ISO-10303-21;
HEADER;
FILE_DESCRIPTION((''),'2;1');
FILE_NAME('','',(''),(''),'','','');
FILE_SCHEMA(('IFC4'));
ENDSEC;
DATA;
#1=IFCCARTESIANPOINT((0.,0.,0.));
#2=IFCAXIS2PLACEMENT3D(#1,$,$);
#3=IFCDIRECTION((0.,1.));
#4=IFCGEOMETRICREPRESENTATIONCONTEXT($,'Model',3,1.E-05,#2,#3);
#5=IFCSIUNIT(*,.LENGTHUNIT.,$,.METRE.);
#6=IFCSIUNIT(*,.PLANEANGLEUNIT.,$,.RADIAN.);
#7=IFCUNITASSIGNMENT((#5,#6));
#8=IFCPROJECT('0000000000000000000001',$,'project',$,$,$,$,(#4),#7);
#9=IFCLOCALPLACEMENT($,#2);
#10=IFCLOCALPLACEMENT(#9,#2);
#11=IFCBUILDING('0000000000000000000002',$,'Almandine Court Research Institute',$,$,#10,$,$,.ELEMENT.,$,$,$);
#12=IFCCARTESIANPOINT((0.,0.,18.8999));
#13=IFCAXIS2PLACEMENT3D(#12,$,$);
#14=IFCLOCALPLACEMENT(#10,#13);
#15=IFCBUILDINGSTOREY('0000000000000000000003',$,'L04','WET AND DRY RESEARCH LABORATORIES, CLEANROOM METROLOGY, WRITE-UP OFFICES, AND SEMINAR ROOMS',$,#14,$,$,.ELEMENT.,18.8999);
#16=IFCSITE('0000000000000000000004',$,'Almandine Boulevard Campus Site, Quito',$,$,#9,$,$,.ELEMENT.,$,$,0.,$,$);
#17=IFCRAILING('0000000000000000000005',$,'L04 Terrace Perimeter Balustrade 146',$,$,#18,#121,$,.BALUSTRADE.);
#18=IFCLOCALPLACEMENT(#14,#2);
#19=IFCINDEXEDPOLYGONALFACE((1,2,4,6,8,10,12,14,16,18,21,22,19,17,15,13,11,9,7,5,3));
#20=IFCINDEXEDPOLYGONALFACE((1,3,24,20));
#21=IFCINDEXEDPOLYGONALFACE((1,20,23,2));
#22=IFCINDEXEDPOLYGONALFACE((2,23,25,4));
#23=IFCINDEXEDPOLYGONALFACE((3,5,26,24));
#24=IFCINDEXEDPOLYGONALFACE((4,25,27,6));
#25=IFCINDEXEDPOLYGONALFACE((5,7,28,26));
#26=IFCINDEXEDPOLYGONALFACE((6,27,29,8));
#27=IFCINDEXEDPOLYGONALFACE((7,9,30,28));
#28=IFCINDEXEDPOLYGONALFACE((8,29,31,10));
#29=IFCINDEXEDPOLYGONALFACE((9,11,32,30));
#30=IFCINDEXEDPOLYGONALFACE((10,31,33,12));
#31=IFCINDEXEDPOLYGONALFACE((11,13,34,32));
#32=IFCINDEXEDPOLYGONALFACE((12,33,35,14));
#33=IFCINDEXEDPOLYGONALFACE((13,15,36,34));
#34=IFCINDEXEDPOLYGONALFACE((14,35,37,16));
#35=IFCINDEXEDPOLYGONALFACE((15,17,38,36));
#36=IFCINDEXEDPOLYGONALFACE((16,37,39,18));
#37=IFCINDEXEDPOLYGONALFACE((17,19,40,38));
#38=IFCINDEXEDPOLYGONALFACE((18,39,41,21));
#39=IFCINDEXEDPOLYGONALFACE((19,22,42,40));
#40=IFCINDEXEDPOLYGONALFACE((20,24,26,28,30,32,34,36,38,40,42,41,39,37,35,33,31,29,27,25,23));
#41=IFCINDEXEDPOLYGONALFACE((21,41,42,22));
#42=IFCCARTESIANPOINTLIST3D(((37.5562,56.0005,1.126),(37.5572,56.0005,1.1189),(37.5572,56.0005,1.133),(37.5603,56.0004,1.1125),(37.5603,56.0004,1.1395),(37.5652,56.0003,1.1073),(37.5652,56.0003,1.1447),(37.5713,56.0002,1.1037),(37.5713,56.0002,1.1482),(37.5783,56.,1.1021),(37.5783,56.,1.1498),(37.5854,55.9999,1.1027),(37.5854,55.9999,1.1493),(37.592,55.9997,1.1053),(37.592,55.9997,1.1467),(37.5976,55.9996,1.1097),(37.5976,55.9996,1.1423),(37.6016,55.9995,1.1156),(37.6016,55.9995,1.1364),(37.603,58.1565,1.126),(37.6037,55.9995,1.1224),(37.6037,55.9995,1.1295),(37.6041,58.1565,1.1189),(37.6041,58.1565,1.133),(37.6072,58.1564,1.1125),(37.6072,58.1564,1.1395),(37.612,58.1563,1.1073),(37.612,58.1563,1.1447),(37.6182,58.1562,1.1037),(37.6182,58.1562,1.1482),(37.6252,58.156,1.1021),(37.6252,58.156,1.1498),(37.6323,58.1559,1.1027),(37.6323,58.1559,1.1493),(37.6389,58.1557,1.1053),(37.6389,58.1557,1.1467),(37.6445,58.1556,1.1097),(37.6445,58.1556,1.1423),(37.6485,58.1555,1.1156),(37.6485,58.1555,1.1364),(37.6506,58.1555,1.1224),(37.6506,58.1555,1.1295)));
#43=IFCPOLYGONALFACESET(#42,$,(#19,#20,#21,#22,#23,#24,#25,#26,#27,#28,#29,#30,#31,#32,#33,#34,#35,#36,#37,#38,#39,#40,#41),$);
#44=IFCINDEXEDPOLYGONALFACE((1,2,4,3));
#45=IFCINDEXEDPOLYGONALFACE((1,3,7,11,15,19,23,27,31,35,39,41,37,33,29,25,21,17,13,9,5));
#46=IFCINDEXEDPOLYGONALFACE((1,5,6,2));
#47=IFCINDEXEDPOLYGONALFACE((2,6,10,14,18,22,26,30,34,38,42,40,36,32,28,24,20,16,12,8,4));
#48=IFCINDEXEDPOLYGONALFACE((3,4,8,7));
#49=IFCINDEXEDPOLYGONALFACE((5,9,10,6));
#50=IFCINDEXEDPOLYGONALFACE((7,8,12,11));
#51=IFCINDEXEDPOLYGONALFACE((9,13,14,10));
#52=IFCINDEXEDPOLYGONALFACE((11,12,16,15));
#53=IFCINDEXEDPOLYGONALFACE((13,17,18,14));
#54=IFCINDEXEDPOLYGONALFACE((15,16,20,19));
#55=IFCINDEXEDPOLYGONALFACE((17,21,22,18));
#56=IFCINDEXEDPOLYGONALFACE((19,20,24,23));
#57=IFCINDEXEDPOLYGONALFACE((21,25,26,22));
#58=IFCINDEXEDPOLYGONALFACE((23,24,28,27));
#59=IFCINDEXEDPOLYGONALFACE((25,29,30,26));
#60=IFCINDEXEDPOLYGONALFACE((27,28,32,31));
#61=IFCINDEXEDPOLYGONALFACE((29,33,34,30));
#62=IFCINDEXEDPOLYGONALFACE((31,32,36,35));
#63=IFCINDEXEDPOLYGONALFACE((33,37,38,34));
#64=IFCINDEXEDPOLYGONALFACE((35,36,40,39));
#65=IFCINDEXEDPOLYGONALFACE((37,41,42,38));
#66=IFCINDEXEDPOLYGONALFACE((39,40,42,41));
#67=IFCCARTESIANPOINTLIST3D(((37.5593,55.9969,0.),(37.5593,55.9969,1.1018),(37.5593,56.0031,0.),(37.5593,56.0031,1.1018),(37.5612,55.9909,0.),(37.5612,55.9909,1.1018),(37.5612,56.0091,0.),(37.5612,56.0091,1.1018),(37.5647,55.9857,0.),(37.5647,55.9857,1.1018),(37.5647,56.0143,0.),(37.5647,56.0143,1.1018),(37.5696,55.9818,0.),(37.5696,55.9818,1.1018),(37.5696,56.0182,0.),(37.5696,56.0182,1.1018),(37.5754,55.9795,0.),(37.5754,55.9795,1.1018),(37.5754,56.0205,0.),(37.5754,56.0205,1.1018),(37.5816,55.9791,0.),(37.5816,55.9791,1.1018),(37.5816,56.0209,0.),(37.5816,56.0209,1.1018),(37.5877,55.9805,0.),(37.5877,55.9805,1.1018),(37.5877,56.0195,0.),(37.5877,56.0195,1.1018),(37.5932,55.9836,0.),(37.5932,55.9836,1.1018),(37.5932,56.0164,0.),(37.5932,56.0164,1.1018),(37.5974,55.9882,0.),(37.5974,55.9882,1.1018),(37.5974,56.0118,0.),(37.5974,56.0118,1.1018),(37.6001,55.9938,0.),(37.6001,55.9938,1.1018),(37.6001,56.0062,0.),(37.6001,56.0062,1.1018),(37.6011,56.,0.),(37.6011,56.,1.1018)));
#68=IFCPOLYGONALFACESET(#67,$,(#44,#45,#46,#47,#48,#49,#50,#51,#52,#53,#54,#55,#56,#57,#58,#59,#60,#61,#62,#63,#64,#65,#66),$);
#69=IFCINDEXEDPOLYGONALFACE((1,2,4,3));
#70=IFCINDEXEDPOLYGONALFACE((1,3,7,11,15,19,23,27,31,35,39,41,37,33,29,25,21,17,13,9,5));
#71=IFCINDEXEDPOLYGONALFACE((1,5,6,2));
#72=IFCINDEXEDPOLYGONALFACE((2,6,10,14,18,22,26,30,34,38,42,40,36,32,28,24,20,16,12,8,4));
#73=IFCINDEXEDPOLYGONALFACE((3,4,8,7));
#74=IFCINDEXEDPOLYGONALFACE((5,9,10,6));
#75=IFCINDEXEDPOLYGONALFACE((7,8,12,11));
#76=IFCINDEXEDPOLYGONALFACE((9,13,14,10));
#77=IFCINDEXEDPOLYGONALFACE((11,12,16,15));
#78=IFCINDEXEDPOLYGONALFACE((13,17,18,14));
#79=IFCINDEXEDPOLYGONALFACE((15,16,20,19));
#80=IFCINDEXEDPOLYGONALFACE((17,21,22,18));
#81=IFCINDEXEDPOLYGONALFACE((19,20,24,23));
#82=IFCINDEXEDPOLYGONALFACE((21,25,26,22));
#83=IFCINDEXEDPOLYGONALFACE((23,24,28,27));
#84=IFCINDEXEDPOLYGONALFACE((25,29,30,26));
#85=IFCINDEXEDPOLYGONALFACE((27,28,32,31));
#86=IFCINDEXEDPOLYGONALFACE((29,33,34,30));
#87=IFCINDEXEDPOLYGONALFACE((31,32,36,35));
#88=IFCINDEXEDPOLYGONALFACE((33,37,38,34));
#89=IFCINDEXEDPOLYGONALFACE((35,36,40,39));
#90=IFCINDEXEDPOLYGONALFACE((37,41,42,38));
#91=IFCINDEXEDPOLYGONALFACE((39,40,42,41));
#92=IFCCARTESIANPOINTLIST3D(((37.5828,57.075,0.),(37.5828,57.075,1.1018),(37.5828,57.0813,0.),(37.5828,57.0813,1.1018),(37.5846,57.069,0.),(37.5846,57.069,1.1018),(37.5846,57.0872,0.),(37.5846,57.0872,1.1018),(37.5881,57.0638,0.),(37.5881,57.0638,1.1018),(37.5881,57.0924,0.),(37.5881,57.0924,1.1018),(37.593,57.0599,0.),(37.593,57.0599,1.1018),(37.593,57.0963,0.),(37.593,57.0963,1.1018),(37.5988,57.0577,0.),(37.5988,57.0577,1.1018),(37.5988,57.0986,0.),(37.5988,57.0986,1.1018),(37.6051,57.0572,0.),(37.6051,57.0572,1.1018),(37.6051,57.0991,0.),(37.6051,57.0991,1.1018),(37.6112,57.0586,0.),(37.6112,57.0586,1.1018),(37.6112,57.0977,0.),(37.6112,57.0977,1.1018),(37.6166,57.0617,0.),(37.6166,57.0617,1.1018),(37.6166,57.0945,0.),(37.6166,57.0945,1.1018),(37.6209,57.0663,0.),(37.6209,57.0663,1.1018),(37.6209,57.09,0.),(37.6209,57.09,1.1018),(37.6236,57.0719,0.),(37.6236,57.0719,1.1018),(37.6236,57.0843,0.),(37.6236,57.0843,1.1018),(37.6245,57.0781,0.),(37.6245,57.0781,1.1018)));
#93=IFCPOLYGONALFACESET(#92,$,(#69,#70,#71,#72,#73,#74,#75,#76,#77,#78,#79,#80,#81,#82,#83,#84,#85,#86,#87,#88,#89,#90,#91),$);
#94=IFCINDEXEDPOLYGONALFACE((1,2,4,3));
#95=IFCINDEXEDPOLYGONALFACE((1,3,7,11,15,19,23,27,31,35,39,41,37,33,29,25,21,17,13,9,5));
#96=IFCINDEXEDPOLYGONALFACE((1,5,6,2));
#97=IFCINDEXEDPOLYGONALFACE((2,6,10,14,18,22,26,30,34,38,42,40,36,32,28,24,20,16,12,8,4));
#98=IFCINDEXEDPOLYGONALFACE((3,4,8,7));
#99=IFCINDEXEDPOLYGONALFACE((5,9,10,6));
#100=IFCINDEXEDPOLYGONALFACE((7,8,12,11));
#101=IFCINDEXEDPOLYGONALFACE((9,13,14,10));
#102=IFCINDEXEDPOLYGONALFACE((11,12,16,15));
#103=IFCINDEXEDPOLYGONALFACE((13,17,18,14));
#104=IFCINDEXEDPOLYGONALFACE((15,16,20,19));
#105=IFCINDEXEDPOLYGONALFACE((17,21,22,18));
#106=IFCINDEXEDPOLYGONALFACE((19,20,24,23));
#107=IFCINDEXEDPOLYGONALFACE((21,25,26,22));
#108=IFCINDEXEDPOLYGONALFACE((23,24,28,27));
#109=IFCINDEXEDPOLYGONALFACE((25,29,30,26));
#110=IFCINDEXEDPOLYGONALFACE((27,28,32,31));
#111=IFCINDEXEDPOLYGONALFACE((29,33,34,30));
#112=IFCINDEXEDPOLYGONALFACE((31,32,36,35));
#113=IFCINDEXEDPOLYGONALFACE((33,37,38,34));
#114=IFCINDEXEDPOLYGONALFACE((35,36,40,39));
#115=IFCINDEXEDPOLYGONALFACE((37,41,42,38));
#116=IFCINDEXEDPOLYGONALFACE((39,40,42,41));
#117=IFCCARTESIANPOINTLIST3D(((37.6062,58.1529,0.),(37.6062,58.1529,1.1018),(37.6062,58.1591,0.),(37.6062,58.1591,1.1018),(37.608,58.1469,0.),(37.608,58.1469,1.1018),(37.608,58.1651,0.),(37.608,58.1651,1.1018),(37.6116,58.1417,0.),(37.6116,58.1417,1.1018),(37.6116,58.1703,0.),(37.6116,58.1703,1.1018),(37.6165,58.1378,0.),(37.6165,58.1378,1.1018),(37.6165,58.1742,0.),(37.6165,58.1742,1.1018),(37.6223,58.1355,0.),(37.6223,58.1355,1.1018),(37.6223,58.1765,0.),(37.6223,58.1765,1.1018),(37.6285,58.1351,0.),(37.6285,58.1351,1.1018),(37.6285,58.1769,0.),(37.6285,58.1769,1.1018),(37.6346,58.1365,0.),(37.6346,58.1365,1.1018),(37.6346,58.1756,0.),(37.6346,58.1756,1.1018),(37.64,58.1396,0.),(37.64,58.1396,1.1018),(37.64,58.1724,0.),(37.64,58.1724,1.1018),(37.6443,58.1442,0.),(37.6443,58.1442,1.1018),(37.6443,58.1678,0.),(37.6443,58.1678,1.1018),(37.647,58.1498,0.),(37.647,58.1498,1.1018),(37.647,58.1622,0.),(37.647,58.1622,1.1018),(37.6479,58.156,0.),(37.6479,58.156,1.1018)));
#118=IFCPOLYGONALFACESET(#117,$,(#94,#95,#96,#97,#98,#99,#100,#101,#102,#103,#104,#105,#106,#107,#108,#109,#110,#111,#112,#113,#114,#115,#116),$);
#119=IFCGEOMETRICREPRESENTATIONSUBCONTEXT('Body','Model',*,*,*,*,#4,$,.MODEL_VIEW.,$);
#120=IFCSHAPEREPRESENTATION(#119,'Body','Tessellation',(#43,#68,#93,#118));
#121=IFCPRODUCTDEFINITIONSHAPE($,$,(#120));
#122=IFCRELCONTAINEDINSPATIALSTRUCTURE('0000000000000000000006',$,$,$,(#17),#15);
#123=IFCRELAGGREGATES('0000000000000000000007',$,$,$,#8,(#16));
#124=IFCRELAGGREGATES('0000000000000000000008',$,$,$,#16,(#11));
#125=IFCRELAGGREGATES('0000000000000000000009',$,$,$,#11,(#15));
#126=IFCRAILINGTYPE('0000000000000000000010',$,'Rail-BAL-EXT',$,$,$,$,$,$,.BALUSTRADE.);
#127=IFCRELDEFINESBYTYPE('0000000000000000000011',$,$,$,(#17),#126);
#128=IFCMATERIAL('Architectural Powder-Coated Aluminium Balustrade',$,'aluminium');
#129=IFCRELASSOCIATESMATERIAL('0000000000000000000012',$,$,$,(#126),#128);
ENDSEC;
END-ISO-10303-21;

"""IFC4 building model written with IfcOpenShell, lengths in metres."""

from ifc_helpers import new_model, si_unit, direction, frame, origin, origin_2d, place, context, subcontext, project, spatial, circle, extrude, material, type_object, element, save


model = new_model("IFC4")

# Units and contexts
model_context = context("Model", 3, precision=1e-05, world=origin(), true_north=direction((0.0, 1.0)))
body_context = subcontext(model_context, "Body", "Model", "MODEL_VIEW")
ifc_project = project(units=[si_unit("LENGTHUNIT", "METRE"), si_unit("PLANEANGLEUNIT", "RADIAN")], contexts=[model_context])

# Site, building, storey
site_placement = place(None, origin())
site = spatial("IfcSite", under=ifc_project, at=site_placement, Name="Almandine Boulevard Campus Site, Quito", CompositionType="ELEMENT", RefElevation=0.0)
building_placement = place(site_placement, origin())
building = spatial("IfcBuilding", under=site, at=building_placement, Name="Almandine Court Research Institute", CompositionType="ELEMENT")
storey_placement = place(building_placement, frame((0.0, 0.0, 18.8999)))
storey = spatial("IfcBuildingStorey", under=building, at=storey_placement, Name="L04", Description="WET AND DRY RESEARCH LABORATORIES, CLEANROOM METROLOGY, WRITE-UP OFFICES, AND SEMINAR ROOMS", CompositionType="ELEMENT", Elevation=18.8999)

# Railing
ifc_material_1 = material(Name="Architectural Powder-Coated Aluminium Balustrade", Category="aluminium")
railing_type = type_object("IfcRailingType", Name="Rail-BAL-EXT", PredefinedType="BALUSTRADE", material=ifc_material_1)
railing_1_placement = place(storey_placement, frame((37.5801, 56.0, 0.0)))
element("IfcRailing", 1, at=railing_1_placement, inside=storey, type_object=railing_type, Name="L04 Terrace Perimeter Balustrade 146", PredefinedType="BALUSTRADE", context=body_context, shape_type="SweptSolid", body=[
    extrude(circle(Radius=0.0239, at=origin_2d()), frame((0.0, 0.0, 1.126), z_axis=(0.021736, 0.999764, 0.0), x_axis=(-0.999764, 0.021736, 0.0)), (0.0, 0.0, 1.0), 2.1565),
    extrude(circle(Radius=0.021, at=origin_2d()), origin(), (0.0, 0.0, 1.0), 1.1018),
    extrude(circle(Radius=0.021, at=origin_2d()), frame((0.0234, 1.0781, 0.0)), (0.0, 0.0, 1.0), 1.1018),
    extrude(circle(Radius=0.021, at=origin_2d()), frame((0.0469, 2.156, 0.0)), (0.0, 0.0, 1.0), 1.1018),
])

save(model, "model.ifc")
